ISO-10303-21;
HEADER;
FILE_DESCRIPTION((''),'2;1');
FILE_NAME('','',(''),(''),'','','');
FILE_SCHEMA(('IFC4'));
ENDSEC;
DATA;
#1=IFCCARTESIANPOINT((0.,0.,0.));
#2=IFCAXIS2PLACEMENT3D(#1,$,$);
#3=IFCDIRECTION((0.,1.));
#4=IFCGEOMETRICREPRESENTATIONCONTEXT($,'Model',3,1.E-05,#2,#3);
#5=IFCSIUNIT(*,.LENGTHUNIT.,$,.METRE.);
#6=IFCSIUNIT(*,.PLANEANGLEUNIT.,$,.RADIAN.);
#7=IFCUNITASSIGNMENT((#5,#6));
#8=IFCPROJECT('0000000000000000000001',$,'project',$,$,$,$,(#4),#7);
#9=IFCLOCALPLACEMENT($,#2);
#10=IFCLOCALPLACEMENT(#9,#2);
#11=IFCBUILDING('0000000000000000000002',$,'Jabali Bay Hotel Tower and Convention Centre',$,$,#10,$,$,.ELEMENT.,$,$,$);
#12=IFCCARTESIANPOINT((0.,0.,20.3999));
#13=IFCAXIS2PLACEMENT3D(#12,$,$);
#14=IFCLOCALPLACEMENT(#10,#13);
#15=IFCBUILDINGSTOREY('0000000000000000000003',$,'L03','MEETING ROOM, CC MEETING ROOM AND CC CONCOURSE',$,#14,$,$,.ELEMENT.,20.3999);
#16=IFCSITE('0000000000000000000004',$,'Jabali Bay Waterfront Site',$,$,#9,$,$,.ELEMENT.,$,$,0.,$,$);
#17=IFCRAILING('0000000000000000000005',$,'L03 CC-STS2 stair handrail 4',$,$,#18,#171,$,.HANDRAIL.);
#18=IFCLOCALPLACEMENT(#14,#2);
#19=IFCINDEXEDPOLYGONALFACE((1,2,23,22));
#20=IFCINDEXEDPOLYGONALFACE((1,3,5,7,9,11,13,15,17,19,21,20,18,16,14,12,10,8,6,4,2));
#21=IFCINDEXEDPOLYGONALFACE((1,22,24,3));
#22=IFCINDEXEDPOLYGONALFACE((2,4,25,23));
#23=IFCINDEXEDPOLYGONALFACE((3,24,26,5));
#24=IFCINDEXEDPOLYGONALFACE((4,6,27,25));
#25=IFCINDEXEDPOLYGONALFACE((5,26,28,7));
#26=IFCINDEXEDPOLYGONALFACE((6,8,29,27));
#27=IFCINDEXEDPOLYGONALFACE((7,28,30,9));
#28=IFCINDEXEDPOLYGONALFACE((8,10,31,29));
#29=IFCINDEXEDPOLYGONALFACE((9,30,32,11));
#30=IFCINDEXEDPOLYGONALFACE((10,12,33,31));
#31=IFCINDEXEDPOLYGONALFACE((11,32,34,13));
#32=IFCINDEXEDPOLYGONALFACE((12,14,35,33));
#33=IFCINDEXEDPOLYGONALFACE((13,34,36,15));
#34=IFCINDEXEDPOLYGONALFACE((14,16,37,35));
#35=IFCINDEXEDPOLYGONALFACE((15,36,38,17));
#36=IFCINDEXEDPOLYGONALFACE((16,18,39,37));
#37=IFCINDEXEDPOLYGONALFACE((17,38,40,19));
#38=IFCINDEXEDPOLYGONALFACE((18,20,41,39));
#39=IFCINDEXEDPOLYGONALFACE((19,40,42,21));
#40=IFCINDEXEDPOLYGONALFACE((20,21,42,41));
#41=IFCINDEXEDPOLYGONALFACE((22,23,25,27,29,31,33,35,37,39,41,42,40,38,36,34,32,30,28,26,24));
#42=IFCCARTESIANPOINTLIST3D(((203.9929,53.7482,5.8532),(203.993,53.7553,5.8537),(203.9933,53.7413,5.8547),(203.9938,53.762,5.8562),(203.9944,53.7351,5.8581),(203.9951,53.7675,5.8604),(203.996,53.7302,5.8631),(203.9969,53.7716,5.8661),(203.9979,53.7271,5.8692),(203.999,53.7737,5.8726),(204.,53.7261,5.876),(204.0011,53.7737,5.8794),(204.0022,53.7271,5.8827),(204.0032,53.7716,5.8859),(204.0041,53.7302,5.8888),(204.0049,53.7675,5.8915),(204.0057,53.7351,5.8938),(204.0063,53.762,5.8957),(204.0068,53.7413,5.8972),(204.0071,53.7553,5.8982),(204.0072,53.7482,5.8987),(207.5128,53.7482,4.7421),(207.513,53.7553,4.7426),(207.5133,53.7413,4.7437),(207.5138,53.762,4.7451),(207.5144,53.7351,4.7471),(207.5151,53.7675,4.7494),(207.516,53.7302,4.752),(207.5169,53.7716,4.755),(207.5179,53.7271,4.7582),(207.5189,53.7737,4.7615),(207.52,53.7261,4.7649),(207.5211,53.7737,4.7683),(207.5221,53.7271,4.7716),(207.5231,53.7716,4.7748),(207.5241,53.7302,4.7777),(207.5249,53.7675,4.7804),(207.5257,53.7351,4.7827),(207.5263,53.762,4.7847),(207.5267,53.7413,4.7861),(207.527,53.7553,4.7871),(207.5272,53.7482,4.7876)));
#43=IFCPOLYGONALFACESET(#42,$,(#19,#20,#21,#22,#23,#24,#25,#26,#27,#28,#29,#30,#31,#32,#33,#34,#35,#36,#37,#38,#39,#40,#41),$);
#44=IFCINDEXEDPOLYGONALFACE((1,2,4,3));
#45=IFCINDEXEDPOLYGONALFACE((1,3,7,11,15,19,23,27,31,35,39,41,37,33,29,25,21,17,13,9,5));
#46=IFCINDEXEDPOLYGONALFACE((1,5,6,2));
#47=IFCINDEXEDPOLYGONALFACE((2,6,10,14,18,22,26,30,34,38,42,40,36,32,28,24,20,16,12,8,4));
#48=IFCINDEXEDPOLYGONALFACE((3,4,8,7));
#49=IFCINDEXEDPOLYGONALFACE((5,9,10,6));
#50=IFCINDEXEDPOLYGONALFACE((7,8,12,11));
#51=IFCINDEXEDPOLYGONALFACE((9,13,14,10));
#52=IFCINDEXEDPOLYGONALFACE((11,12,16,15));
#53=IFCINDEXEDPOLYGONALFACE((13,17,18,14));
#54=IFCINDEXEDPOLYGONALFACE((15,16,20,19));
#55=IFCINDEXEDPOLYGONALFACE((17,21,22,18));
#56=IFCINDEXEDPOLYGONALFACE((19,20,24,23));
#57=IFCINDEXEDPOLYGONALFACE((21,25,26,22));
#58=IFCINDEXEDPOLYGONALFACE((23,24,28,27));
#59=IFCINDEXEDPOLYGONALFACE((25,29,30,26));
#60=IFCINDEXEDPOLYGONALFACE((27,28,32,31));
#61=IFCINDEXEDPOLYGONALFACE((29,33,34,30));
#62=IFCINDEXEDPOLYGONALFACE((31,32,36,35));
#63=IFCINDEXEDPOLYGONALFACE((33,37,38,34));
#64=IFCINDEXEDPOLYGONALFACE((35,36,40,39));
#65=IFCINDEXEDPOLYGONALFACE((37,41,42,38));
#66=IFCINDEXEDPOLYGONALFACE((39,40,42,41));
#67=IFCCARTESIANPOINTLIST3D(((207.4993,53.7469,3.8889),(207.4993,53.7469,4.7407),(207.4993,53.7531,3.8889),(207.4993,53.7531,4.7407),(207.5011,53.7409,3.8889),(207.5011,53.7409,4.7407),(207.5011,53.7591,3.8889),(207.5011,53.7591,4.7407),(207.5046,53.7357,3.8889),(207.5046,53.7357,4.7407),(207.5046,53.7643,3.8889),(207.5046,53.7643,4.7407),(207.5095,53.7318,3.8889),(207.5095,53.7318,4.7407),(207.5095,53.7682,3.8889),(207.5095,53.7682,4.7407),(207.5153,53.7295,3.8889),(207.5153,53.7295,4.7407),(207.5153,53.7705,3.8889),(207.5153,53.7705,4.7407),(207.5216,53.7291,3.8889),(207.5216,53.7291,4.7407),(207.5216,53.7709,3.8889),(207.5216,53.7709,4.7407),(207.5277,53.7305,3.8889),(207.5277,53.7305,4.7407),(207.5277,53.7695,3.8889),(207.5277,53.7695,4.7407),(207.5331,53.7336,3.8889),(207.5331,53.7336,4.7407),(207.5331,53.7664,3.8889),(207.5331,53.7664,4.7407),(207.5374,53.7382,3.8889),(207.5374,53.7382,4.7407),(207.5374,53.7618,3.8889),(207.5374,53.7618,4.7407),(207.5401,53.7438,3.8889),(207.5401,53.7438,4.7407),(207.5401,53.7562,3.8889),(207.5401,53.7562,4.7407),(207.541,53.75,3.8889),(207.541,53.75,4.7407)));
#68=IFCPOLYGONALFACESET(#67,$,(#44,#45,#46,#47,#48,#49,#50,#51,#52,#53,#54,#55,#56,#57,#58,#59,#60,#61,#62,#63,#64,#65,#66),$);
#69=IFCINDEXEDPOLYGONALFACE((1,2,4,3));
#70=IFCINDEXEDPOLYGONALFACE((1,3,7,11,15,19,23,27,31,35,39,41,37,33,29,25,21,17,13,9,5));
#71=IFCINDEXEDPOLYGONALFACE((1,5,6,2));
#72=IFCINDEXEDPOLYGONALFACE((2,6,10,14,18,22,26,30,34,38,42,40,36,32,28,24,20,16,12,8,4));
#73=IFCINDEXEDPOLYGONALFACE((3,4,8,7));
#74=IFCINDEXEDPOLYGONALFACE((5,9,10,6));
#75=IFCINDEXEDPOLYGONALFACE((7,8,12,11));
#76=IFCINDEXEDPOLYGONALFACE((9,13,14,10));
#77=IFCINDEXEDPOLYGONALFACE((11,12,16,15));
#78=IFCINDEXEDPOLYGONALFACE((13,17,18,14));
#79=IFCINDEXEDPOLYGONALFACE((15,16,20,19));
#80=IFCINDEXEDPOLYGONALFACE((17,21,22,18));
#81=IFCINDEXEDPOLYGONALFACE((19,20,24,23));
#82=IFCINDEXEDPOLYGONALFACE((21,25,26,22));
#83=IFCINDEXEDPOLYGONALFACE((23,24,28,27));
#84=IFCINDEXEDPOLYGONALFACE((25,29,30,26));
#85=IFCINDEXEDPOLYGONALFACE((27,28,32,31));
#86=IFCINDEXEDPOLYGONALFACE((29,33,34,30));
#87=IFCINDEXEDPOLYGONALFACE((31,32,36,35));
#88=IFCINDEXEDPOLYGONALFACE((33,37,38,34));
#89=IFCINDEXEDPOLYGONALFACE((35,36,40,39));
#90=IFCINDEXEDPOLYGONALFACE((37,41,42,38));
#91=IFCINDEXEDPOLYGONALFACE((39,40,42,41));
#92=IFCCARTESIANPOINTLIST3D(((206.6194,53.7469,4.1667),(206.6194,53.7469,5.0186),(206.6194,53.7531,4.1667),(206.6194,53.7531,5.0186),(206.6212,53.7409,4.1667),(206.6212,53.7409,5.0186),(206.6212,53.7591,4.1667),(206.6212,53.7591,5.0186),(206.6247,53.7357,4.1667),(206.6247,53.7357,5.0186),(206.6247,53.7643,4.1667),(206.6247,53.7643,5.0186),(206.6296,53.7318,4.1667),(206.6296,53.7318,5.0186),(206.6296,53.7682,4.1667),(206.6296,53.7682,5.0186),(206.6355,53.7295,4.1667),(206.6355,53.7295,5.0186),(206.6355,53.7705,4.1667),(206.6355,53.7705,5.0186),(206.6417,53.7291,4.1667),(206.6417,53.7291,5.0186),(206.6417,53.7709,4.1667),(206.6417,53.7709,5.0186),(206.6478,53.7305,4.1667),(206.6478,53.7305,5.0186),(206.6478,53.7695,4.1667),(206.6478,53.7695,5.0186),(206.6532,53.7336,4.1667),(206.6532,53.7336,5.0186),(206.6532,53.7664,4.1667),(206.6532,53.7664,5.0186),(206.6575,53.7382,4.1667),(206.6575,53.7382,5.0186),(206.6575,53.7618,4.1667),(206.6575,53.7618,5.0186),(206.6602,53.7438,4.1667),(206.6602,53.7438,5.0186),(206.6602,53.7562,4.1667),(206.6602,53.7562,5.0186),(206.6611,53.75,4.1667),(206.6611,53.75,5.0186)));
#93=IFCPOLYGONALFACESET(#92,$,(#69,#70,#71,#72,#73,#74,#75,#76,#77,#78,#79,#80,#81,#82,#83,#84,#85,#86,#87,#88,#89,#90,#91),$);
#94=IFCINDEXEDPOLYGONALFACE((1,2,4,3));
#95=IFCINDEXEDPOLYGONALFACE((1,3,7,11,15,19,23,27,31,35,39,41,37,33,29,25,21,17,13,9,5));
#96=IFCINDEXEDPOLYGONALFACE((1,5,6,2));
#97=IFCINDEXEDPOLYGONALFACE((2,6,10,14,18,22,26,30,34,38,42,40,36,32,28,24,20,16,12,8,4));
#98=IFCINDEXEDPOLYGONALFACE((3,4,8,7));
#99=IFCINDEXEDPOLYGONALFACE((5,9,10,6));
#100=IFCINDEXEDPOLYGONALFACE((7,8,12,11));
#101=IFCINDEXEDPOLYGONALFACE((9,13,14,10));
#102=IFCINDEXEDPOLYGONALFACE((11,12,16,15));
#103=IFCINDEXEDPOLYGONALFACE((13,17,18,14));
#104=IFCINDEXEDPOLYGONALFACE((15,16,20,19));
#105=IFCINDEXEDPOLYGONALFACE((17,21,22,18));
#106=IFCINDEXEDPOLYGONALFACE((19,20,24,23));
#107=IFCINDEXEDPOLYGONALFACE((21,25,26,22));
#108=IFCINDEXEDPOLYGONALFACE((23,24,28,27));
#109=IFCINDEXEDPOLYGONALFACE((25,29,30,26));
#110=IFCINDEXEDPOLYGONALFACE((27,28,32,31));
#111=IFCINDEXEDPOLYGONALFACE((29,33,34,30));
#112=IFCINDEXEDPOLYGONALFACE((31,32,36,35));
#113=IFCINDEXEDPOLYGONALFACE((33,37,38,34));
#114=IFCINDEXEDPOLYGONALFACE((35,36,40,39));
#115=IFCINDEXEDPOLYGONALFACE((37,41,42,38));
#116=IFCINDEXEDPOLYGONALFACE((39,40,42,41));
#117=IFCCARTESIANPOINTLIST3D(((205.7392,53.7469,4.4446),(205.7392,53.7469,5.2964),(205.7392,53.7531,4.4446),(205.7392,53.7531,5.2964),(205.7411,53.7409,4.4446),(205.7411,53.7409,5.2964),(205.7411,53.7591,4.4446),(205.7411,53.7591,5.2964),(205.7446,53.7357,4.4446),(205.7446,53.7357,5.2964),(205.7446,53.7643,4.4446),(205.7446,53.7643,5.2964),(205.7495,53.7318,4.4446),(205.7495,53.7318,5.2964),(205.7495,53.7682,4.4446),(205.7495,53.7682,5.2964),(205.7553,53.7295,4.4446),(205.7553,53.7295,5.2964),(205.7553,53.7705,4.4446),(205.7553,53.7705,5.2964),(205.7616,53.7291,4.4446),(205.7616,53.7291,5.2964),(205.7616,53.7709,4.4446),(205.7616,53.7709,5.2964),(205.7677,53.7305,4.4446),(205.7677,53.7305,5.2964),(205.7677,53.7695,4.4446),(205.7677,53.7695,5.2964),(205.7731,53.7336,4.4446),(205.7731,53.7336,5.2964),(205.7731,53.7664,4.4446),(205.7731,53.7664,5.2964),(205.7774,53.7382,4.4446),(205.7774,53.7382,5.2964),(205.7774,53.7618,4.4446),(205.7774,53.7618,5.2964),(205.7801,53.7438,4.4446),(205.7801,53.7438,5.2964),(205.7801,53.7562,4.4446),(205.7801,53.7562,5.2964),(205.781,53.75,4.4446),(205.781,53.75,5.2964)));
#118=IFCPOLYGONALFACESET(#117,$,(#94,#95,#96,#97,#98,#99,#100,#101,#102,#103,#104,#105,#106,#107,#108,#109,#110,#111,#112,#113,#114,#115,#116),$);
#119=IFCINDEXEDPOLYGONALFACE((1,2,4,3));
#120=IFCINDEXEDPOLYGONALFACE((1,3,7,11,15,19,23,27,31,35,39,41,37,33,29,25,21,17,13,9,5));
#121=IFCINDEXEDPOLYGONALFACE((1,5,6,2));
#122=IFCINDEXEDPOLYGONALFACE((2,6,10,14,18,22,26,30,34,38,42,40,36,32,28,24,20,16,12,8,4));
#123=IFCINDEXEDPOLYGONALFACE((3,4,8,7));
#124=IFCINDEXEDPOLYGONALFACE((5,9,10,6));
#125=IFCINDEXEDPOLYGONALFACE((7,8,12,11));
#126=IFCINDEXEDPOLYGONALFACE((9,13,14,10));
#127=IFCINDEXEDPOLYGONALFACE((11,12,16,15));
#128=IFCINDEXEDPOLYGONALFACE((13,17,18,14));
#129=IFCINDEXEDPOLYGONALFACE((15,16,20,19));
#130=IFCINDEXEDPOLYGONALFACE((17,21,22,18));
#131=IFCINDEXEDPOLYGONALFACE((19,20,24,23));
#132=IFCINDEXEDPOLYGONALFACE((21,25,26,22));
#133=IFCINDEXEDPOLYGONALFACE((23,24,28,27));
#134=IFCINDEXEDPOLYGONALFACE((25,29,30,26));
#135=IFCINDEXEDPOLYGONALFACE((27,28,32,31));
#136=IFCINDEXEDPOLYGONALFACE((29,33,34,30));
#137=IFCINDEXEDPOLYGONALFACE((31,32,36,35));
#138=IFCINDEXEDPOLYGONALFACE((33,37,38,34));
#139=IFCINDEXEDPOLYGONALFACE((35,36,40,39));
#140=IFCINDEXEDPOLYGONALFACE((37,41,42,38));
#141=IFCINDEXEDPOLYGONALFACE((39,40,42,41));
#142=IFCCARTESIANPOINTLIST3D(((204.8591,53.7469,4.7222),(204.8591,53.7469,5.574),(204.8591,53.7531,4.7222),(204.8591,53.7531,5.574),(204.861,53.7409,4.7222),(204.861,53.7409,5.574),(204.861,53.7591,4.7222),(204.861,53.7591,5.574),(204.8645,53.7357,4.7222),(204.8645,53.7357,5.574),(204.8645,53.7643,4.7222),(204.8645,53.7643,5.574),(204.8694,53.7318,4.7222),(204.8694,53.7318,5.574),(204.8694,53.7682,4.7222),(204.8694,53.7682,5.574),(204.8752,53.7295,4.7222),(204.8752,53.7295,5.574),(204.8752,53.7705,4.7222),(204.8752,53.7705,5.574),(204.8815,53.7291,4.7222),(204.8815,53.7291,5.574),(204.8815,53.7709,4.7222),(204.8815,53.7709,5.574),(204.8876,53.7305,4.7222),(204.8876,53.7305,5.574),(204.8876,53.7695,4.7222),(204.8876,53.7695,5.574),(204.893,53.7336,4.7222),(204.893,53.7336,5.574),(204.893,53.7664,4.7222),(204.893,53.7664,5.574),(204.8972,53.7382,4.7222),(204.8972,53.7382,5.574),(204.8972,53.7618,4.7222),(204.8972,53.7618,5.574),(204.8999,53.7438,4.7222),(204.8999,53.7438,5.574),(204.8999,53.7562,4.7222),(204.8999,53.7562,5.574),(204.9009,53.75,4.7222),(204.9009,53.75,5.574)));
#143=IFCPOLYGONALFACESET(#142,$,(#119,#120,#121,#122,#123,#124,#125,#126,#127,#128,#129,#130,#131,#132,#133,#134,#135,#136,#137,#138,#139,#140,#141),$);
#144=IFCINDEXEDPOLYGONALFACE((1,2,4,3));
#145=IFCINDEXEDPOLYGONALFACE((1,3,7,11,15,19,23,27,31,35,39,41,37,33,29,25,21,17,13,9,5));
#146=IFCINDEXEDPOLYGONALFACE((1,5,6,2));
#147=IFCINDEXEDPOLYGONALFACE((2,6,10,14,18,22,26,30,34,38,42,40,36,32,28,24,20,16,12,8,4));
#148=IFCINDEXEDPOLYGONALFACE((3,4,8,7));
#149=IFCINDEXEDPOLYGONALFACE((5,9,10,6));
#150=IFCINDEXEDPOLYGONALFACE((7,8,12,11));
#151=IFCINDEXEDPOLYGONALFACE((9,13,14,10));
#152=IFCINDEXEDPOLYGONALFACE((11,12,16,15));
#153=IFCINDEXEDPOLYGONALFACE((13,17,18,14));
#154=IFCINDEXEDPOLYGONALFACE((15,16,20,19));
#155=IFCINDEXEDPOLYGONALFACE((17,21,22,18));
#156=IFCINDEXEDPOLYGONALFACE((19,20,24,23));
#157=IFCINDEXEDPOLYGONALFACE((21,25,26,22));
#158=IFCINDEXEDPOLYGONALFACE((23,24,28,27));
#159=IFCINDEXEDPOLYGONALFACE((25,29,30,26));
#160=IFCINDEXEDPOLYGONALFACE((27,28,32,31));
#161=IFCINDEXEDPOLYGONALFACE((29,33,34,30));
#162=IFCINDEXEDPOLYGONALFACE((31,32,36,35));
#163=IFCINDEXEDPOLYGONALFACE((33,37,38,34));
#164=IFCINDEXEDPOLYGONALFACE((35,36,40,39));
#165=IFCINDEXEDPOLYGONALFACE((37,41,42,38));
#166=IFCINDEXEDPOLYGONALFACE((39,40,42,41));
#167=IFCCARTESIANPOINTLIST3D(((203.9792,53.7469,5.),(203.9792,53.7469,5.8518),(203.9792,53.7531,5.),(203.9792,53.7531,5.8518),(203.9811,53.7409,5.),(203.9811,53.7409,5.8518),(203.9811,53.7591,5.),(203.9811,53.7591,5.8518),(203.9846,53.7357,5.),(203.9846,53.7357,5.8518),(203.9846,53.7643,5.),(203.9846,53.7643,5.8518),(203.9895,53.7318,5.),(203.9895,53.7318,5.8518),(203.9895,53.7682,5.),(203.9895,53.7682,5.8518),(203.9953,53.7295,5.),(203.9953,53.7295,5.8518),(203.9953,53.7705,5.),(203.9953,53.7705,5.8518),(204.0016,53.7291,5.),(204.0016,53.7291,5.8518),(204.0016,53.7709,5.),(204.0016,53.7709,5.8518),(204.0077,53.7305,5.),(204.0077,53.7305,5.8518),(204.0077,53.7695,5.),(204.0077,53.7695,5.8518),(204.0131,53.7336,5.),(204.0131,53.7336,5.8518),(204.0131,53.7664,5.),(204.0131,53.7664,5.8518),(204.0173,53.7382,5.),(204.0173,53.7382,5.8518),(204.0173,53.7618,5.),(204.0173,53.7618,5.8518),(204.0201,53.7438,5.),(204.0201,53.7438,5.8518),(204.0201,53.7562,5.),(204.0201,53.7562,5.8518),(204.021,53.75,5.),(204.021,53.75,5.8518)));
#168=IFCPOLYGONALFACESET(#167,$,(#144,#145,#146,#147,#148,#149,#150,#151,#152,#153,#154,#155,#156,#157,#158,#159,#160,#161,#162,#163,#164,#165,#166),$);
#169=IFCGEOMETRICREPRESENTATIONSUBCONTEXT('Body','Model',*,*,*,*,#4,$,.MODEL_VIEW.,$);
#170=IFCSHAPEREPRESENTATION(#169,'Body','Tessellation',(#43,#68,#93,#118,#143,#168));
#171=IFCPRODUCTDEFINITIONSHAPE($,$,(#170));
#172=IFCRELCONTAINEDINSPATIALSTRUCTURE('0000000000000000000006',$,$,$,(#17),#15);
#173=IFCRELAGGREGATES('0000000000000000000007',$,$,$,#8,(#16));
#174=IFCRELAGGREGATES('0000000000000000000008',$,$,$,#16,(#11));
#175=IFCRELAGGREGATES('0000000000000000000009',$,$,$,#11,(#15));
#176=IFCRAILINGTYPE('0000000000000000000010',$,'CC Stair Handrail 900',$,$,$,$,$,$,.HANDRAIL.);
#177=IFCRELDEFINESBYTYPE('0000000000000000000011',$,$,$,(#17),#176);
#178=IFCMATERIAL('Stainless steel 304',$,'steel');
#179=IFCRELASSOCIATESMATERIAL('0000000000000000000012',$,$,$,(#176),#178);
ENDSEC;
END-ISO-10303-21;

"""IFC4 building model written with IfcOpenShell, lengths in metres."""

from ifc_helpers import new_model, si_unit, direction, frame, origin, origin_2d, place, context, subcontext, project, spatial, circle, extrude, material, type_object, element, save


model = new_model("IFC4")

# Units and contexts
model_context = context("Model", 3, precision=1e-05, world=origin(), true_north=direction((0.0, 1.0)))
body_context = subcontext(model_context, "Body", "Model", "MODEL_VIEW")
ifc_project = project(units=[si_unit("LENGTHUNIT", "METRE"), si_unit("PLANEANGLEUNIT", "RADIAN")], contexts=[model_context])

# Site, building, storey
site_placement = place(None, origin())
site = spatial("IfcSite", under=ifc_project, at=site_placement, Name="Jabali Bay Waterfront Site", CompositionType="ELEMENT", RefElevation=0.0)
building_placement = place(site_placement, origin())
building = spatial("IfcBuilding", under=site, at=building_placement, Name="Jabali Bay Hotel Tower and Convention Centre", CompositionType="ELEMENT")
storey_placement = place(building_placement, frame((0.0, 0.0, 20.3999)))
storey = spatial("IfcBuildingStorey", under=building, at=storey_placement, Name="L03", Description="MEETING ROOM, CC MEETING ROOM AND CC CONCOURSE", CompositionType="ELEMENT", Elevation=20.3999)

# Railing
ifc_material_1 = material(Name="Stainless steel 304", Category="steel")
railing_type_1 = type_object("IfcRailingType", Name="CC Stair Handrail 900", PredefinedType="HANDRAIL", material=ifc_material_1)
railing_1_placement = place(storey_placement, frame((207.52, 53.75, 3.8889)))
element("IfcRailing", 1, at=railing_1_placement, inside=storey, type_object=railing_type_1, Name="L03 CC-STS2 stair handrail 4", PredefinedType="HANDRAIL", context=body_context, shape_type="SweptSolid", body=[
    extrude(circle(Radius=0.0239, at=origin_2d()), frame((0.0, 0.0, 0.876), z_axis=(-0.953622, 0.0, 0.301008), x_axis=(0.0, -1.0, 0.0)), (0.0, 0.0, 1.0), 3.6912),
    extrude(circle(Radius=0.021, at=origin_2d()), origin(), (0.0, 0.0, 1.0), 0.8518),
    extrude(circle(Radius=0.021, at=origin_2d()), frame((-0.8799, 0.0, 0.2778)), (0.0, 0.0, 1.0), 0.8518),
    extrude(circle(Radius=0.021, at=origin_2d()), frame((-1.76, 0.0, 0.5557)), (0.0, 0.0, 1.0), 0.8518),
    extrude(circle(Radius=0.021, at=origin_2d()), frame((-2.6401, 0.0, 0.8333)), (0.0, 0.0, 1.0), 0.8518),
    extrude(circle(Radius=0.021, at=origin_2d()), frame((-3.52, 0.0, 1.1111)), (0.0, 0.0, 1.0), 0.8518),
])

save(model, "model.ifc")
